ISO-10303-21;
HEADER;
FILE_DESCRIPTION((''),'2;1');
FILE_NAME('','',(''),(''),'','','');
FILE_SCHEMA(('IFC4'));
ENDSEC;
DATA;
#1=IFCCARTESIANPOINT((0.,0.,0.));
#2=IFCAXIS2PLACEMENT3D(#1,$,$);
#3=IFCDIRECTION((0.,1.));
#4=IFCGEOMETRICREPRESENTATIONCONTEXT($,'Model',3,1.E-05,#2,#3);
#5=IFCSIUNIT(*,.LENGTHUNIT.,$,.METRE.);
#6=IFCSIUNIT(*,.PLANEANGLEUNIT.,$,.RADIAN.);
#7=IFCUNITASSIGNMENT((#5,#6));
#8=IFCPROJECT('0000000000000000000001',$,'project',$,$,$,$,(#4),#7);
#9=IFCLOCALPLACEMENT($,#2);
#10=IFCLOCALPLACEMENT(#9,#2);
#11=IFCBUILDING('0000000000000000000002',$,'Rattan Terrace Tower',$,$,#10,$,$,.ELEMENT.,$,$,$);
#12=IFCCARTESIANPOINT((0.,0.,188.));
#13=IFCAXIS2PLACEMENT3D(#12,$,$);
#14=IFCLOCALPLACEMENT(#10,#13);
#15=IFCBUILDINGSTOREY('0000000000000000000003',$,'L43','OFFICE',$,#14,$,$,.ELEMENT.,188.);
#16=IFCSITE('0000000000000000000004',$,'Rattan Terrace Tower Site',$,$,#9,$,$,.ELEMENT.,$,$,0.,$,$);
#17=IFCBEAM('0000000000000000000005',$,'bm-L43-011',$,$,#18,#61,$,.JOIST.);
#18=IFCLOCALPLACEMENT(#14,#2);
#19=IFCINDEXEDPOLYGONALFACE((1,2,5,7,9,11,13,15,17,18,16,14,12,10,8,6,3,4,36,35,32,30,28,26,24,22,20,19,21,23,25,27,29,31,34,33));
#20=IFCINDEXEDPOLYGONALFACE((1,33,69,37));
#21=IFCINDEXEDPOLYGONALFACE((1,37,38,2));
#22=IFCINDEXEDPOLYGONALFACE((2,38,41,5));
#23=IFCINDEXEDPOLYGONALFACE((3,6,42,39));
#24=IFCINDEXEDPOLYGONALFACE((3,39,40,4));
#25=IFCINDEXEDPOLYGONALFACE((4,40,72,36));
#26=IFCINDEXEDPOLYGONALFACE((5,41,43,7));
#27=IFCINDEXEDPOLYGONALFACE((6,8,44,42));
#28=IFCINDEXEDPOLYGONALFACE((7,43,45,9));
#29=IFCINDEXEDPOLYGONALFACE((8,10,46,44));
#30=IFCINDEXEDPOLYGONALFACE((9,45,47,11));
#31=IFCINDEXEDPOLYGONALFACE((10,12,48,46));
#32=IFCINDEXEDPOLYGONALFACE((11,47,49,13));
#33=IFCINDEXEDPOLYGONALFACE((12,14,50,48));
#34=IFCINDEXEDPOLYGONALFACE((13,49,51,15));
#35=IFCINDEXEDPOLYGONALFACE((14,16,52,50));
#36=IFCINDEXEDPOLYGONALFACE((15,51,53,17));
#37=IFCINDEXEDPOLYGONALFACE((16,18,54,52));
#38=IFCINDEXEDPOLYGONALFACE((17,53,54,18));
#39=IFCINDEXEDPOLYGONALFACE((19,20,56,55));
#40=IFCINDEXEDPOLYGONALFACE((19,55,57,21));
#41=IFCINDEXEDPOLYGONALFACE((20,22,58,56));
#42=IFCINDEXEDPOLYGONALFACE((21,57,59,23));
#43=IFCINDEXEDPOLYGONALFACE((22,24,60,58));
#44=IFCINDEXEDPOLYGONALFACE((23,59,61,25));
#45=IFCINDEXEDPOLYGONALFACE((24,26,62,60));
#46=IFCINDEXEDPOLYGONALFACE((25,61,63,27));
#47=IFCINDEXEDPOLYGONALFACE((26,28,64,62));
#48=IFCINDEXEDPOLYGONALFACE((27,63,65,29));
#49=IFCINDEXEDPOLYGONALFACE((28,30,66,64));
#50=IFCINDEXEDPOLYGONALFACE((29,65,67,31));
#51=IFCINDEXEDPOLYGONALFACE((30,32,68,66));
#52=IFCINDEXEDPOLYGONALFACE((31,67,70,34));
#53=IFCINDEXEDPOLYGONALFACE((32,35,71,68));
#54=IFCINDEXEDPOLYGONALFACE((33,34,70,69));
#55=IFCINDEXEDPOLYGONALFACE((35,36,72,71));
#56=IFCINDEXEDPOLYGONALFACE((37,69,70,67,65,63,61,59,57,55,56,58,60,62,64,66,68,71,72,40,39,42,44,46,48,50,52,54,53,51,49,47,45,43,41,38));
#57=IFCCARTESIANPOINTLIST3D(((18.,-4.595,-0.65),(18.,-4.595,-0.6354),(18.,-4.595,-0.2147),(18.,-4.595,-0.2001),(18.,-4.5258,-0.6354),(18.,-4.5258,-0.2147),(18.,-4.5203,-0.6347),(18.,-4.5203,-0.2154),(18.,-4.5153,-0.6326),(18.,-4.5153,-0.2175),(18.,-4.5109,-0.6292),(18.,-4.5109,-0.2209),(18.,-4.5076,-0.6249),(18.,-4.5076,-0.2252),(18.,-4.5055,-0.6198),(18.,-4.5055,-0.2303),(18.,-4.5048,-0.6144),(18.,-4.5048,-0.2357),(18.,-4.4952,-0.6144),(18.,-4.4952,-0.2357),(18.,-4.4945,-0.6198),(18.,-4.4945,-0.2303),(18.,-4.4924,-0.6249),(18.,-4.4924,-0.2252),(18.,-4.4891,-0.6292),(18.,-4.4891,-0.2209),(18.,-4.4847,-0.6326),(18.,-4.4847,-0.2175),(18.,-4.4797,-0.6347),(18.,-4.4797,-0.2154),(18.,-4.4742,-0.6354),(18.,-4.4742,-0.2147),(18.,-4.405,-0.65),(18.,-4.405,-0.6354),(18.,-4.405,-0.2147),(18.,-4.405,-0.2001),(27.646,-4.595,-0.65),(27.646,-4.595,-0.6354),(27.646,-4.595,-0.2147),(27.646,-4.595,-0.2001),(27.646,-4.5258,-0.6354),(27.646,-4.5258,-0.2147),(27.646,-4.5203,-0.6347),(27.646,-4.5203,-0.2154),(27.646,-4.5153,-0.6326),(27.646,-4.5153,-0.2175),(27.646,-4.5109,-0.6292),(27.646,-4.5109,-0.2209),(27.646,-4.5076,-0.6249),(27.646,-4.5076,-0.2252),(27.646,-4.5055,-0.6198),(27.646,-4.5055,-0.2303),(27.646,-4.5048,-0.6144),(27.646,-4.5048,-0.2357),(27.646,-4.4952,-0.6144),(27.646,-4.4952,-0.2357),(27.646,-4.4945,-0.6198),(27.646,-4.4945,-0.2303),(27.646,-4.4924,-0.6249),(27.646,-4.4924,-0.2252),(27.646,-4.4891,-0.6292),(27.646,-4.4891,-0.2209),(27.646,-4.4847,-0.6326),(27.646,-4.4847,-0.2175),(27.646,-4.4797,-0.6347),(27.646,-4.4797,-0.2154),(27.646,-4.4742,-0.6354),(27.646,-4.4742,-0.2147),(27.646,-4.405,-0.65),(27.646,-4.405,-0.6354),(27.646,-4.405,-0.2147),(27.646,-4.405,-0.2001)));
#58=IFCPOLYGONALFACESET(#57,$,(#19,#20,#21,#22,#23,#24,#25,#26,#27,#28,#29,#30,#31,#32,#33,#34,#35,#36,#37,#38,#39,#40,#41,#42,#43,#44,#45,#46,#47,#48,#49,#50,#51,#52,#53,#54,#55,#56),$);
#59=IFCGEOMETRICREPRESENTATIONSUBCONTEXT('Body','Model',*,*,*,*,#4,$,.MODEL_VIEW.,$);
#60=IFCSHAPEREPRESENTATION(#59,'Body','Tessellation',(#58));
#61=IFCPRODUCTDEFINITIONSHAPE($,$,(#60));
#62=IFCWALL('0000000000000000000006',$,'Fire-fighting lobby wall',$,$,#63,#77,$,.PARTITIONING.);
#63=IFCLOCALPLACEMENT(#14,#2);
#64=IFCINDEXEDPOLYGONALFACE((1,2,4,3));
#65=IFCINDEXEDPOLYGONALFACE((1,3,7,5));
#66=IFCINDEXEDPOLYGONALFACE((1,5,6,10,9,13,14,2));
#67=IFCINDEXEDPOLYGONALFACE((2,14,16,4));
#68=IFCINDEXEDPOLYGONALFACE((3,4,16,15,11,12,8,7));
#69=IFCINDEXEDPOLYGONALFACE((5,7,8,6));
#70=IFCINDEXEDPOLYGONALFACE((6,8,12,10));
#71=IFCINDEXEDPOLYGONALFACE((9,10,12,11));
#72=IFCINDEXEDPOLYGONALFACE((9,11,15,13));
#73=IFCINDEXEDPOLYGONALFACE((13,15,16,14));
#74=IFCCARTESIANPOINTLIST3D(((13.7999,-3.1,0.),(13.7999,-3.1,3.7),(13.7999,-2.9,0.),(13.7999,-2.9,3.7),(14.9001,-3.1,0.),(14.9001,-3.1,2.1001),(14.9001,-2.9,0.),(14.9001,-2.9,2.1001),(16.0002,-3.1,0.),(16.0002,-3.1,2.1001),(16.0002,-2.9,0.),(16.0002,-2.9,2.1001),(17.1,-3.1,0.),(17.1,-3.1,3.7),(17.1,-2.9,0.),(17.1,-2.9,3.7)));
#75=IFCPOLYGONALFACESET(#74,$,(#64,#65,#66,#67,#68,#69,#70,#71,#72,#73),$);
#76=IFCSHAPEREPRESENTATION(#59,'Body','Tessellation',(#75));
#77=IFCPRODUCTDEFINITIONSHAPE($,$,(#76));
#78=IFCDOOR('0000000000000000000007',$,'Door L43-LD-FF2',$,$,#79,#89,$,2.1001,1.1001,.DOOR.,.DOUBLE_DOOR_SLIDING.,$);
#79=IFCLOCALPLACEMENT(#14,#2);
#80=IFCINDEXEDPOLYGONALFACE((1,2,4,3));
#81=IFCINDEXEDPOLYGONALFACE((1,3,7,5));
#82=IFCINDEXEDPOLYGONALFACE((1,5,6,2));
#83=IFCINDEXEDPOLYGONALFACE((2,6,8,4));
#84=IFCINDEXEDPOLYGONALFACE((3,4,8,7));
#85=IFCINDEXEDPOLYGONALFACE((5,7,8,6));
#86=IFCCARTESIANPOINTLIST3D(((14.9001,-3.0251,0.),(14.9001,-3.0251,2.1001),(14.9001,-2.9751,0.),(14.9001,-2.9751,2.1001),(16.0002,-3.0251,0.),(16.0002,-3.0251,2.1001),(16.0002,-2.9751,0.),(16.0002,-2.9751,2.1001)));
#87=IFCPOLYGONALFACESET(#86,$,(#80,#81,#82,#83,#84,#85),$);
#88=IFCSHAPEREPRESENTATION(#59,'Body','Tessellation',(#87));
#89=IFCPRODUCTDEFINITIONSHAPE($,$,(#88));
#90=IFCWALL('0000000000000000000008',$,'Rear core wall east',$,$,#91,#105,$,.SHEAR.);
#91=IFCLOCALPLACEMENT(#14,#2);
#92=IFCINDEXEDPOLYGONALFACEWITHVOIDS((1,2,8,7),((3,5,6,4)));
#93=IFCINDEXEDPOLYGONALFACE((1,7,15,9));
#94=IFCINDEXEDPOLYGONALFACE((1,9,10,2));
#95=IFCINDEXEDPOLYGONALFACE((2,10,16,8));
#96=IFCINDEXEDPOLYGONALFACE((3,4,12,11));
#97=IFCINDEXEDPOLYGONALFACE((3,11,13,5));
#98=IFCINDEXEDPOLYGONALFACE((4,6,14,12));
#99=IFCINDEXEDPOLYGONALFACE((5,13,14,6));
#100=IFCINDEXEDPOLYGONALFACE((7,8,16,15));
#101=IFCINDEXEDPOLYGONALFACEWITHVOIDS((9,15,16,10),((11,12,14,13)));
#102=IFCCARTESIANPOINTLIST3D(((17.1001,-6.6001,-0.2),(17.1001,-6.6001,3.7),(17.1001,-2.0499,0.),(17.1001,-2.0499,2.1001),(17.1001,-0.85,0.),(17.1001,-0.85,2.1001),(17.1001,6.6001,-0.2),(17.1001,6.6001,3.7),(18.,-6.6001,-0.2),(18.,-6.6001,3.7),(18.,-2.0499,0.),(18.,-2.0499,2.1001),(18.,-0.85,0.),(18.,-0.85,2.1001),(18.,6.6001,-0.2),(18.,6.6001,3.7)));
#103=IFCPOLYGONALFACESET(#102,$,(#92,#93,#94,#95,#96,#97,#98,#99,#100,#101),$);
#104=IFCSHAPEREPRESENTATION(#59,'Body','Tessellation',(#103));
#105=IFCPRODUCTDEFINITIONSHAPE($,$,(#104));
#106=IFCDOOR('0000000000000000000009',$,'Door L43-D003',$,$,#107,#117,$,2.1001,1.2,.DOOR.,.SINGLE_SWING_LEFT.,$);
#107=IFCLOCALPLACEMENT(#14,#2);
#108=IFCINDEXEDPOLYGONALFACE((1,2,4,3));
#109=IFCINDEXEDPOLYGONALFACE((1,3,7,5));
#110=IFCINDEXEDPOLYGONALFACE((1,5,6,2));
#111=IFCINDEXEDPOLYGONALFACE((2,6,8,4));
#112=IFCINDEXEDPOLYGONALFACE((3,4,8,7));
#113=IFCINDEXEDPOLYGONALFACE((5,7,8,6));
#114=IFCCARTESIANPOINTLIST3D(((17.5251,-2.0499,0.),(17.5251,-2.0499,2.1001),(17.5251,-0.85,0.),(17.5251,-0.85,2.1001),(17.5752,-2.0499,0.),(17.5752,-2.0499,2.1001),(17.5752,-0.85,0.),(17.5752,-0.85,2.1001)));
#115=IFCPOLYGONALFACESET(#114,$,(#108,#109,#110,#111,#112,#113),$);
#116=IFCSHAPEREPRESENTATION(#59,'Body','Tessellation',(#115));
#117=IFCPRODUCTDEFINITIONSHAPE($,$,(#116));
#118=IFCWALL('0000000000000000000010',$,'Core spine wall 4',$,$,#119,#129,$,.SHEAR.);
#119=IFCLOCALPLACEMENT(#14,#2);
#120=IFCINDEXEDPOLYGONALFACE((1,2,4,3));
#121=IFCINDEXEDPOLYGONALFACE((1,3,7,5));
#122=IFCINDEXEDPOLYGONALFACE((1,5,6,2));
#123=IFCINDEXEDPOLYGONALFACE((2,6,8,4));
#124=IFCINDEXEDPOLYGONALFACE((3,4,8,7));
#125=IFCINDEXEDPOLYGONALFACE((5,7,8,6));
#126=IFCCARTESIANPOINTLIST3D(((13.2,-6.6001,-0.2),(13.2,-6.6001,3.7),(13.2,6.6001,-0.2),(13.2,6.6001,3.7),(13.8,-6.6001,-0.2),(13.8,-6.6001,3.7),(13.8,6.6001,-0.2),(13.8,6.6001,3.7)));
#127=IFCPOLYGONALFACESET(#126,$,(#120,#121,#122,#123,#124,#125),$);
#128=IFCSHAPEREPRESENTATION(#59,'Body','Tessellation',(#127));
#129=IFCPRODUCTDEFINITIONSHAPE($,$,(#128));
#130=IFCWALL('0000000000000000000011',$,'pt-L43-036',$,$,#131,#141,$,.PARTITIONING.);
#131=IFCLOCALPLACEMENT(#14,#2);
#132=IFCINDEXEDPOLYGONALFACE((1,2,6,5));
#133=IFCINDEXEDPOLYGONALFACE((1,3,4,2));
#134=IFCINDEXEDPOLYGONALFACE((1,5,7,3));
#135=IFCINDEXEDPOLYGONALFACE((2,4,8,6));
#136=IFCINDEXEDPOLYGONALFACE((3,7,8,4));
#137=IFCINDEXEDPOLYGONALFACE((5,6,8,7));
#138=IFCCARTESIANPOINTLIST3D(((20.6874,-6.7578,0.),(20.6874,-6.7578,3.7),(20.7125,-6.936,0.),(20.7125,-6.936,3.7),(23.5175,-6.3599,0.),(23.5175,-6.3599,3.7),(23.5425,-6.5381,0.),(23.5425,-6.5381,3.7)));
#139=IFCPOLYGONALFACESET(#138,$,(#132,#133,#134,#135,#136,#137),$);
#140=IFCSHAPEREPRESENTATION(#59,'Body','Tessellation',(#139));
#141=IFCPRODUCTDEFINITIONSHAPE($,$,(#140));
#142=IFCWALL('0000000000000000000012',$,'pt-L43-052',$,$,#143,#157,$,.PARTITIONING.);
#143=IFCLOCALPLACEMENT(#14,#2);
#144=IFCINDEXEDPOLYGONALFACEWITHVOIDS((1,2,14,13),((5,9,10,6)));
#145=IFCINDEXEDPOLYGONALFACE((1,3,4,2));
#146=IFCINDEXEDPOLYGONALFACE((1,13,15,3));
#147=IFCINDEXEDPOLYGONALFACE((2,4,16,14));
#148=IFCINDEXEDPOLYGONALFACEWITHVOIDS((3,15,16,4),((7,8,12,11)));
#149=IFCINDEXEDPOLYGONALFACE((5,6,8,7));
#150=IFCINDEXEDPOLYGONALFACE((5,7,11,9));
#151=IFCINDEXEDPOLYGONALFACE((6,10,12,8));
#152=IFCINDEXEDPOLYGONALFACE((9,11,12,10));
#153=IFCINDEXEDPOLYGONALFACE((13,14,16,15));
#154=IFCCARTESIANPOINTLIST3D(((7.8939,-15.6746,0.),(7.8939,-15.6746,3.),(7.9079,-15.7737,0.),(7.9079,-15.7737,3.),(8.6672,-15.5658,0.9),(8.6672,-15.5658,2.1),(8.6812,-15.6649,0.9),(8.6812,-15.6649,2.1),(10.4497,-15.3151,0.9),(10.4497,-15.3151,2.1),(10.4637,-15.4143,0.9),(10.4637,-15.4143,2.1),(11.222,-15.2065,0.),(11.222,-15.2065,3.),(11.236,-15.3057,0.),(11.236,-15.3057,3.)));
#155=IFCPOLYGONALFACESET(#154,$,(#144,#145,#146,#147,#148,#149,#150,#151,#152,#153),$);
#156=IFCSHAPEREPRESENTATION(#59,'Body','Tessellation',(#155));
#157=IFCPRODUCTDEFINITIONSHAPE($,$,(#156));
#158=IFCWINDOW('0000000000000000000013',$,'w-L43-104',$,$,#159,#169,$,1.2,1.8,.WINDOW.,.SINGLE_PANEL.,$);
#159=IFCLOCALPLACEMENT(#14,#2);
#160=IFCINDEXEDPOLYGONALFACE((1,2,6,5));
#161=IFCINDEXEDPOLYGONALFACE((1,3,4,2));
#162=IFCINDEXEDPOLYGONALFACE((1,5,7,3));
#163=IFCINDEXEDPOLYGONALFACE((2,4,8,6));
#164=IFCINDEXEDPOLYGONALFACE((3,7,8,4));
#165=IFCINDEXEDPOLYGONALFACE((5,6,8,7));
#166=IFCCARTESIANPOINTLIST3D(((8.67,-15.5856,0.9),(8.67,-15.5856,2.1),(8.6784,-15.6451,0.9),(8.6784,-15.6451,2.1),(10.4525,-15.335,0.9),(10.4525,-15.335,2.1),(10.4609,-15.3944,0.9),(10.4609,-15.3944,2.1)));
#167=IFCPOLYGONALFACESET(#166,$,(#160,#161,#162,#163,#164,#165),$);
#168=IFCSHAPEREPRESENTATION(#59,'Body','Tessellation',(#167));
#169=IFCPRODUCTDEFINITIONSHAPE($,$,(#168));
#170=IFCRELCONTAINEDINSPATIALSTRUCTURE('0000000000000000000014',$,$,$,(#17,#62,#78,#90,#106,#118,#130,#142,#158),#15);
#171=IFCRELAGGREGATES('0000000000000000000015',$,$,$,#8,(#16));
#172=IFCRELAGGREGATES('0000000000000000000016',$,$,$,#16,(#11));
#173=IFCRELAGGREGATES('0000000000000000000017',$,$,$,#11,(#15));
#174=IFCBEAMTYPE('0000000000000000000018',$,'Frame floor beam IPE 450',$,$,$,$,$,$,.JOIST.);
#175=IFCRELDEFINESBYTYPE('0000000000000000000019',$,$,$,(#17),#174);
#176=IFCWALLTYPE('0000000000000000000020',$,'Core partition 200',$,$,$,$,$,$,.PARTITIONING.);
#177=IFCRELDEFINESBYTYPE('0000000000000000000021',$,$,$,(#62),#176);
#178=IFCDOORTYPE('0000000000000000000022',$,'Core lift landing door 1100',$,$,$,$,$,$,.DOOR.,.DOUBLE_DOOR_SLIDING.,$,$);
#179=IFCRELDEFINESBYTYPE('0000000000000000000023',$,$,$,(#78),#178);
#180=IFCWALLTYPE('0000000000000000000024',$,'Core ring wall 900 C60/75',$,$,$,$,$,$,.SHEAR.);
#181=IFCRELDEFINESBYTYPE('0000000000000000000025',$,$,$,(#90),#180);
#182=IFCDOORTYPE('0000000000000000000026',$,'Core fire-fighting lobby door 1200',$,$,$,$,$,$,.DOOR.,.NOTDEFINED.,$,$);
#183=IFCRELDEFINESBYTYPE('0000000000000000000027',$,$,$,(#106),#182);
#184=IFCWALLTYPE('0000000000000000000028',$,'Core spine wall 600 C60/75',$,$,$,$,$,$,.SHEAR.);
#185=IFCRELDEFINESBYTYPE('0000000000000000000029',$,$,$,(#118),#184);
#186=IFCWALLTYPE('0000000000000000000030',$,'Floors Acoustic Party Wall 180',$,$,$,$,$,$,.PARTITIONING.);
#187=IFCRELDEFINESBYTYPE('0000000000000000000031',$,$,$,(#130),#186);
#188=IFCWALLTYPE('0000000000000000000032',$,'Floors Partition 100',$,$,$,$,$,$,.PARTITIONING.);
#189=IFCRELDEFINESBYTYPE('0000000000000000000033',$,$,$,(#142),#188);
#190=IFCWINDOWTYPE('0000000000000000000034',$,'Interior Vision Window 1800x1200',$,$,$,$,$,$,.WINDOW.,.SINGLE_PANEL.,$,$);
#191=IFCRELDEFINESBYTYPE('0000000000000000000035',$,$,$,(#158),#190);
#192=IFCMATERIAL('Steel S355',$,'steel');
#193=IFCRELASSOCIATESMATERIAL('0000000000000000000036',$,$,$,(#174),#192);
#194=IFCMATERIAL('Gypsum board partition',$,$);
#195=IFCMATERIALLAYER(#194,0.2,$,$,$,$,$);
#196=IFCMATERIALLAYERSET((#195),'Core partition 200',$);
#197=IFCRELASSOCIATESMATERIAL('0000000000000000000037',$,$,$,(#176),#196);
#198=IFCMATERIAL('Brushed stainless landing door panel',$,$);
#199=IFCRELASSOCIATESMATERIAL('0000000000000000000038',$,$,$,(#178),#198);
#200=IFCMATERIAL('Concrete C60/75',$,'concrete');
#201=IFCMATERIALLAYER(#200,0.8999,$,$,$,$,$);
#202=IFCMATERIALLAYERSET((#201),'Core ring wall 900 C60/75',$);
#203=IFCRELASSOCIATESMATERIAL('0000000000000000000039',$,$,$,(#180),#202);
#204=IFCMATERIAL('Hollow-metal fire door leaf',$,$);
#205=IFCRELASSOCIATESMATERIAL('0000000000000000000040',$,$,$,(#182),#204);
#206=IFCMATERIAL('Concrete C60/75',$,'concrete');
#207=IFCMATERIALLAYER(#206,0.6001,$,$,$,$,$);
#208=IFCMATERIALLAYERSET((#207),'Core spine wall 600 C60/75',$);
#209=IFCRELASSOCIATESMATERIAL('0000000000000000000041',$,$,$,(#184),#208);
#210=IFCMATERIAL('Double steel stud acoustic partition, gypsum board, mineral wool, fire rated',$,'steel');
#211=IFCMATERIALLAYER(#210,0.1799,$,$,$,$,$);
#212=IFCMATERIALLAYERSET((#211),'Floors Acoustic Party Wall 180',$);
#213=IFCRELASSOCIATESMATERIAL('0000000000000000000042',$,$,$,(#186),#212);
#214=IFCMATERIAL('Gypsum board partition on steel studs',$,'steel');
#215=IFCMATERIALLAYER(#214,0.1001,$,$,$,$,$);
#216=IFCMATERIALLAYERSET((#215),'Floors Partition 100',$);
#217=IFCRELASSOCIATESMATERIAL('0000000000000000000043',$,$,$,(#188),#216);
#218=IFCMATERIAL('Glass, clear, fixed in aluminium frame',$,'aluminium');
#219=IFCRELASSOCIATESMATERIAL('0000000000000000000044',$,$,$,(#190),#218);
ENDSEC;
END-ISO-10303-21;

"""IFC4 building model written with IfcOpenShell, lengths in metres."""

from ifc_helpers import new_model, si_unit, direction, frame, frame_2d, origin, origin_2d, place, context, subcontext, project, spatial, rectangle, i_section, extrude, material, layer, layer_set, material_profile, profile_set, type_object, element, fill, save


model = new_model("IFC4")

# Units and contexts
model_context = context("Model", 3, precision=1e-05, world=origin(), true_north=direction((0.0, 1.0)))
body_context = subcontext(model_context, "Body", "Model", "MODEL_VIEW")
ifc_project = project(units=[si_unit("LENGTHUNIT", "METRE"), si_unit("PLANEANGLEUNIT", "RADIAN")], contexts=[model_context])

# Site, building, storey
site_placement = place(None, origin())
site = spatial("IfcSite", under=ifc_project, at=site_placement, Name="Rattan Terrace Tower Site", CompositionType="ELEMENT", RefElevation=0.0)
building_placement = place(site_placement, origin())
building = spatial("IfcBuilding", under=site, at=building_placement, Name="Rattan Terrace Tower", CompositionType="ELEMENT")
storey_placement = place(building_placement, frame((0.0, 0.0, 188.0)))
storey = spatial("IfcBuildingStorey", under=building, at=storey_placement, Name="L43", Description="OFFICE", CompositionType="ELEMENT", Elevation=188.0)

# Beam
ifc_material_1 = material(Name="Steel S355", Category="steel")
ifc_material_profile = material_profile(ifc_material_1, i_section(OverallWidth=0.1899, OverallDepth=0.45, WebThickness=0.0095, FlangeThickness=0.0146, FilletRadius=0.021, at=origin_2d()), Name="IPE 450")
ifc_profile_set = profile_set([ifc_material_profile], Name="Steel S355")
beam_type = type_object("IfcBeamType", Name="Frame floor beam IPE 450", PredefinedType="JOIST", material=ifc_profile_set)
beam_placement = place(storey_placement, frame((18.0, -4.5, -0.425), z_axis=(1.0, 0.0, 0.0), x_axis=(0.0, 1.0, 0.0)))
element("IfcBeam", 1, at=beam_placement, inside=storey, type_object=beam_type, Name="bm-L43-011", PredefinedType="JOIST", context=body_context, shape_type="SweptSolid", body=[
    extrude(i_section(OverallWidth=0.1899, OverallDepth=0.45, WebThickness=0.0095, FlangeThickness=0.0146, FilletRadius=0.021, at=origin_2d()), origin(), (0.0, 0.0, 1.0), 9.646),
])

# Walls, openings, doors
ifc_material_2 = material(Name="Gypsum board partition")
ifc_layer_1 = layer(ifc_material_2, 0.2)
ifc_layer_set_1 = layer_set([ifc_layer_1], Name="Core partition 200")
wall_type_1 = type_object("IfcWallType", Name="Core partition 200", PredefinedType="PARTITIONING", material=ifc_layer_set_1)
wall_1_placement = place(storey_placement, frame((13.8, -3.0, 0.0), z_axis=(0.0, 0.0, 1.0), x_axis=(1.0, 0.0, 0.0)))
wall_1 = element("IfcWall", 2, at=wall_1_placement, inside=storey, type_object=wall_type_1, Name="Fire-fighting lobby wall", PredefinedType="PARTITIONING", context=body_context, shape_type="SweptSolid", body=[
    extrude(rectangle(XDim=3.3, YDim=0.2, at=frame_2d((1.6499, 0.0))), origin(), (0.0, 0.0, 1.0), 3.7),
])
opening_1_placement = place(wall_1_placement, frame((1.1001, 0.0, 0.0)))
opening_1 = element("IfcOpeningElement", 3, at=opening_1_placement, cuts=wall_1, PredefinedType="OPENING", context=body_context, shape_type="SweptSolid", body=[
    extrude(rectangle(XDim=1.1001, YDim=2.1001, at=frame_2d((0.55, 1.05))), frame((0.0, 0.1106, 0.0), z_axis=(0.0, -1.0, 0.0), x_axis=(1.0, 0.0, 0.0)), (0.0, 0.0, 1.0), 0.2209),
])
ifc_material_3 = material(Name="Brushed stainless landing door panel")
door_type_1 = type_object("IfcDoorType", Name="Core lift landing door 1100", OperationType="DOUBLE_DOOR_SLIDING", PredefinedType="DOOR", material=ifc_material_3)
door_1_placement = place(opening_1_placement, origin())
door_1 = element("IfcDoor", 4, at=door_1_placement, inside=storey, type_object=door_type_1, Name="Door L43-LD-FF2", OperationType="DOUBLE_DOOR_SLIDING", OverallHeight=2.1001, OverallWidth=1.1001, PredefinedType="DOOR", context=body_context, shape_type="SweptSolid", body=[
    extrude(rectangle(XDim=1.1001, YDim=2.1001, at=frame_2d((0.55, 1.05))), frame((0.0, 0.0249, 0.0), z_axis=(0.0, -1.0, 0.0), x_axis=(1.0, 0.0, 0.0)), (0.0, 0.0, 1.0), 0.05),
])
fill(opening_1, door_1)
ifc_material_4 = material(Name="Concrete C60/75", Category="concrete")
ifc_layer_2 = layer(ifc_material_4, 0.8999)
ifc_layer_set_2 = layer_set([ifc_layer_2], Name="Core ring wall 900 C60/75")
wall_type_2 = type_object("IfcWallType", Name="Core ring wall 900 C60/75", PredefinedType="SHEAR", material=ifc_layer_set_2)
wall_2_placement = place(storey_placement, frame((17.55, -6.6001, -0.2), z_axis=(0.0, 0.0, 1.0), x_axis=(0.0, 1.0, 0.0)))
wall_2 = element("IfcWall", 5, at=wall_2_placement, inside=storey, type_object=wall_type_2, Name="Rear core wall east", PredefinedType="SHEAR", context=body_context, shape_type="SweptSolid", body=[
    extrude(rectangle(XDim=13.2002, YDim=0.8999, at=frame_2d((6.6001, 0.0))), origin(), (0.0, 0.0, 1.0), 3.8999),
])
opening_2_placement = place(wall_2_placement, frame((4.55, 0.0, 0.2)))
opening_2 = element("IfcOpeningElement", 6, at=opening_2_placement, cuts=wall_2, PredefinedType="OPENING", context=body_context, shape_type="SweptSolid", body=[
    extrude(rectangle(XDim=1.2, YDim=2.1001, at=frame_2d((0.6001, 1.05))), frame((0.0, 0.4604, 0.0), z_axis=(0.0, -1.0, 0.0), x_axis=(1.0, 0.0, 0.0)), (0.0, 0.0, 1.0), 0.9209),
])
ifc_material_5 = material(Name="Hollow-metal fire door leaf")
door_type_2 = type_object("IfcDoorType", Name="Core fire-fighting lobby door 1200", OperationType="NOTDEFINED", PredefinedType="DOOR", material=ifc_material_5)
door_2_placement = place(opening_2_placement, origin())
door_2 = element("IfcDoor", 7, at=door_2_placement, inside=storey, type_object=door_type_2, Name="Door L43-D003", OperationType="SINGLE_SWING_LEFT", OverallHeight=2.1001, OverallWidth=1.2, PredefinedType="DOOR", context=body_context, shape_type="SweptSolid", body=[
    extrude(rectangle(XDim=1.2, YDim=2.1001, at=frame_2d((0.6001, 1.05))), frame((0.0, 0.0249, 0.0), z_axis=(0.0, -1.0, 0.0), x_axis=(1.0, 0.0, 0.0)), (0.0, 0.0, 1.0), 0.05),
])
fill(opening_2, door_2)

# Walls
ifc_material_6 = material(Name="Concrete C60/75", Category="concrete")
ifc_layer_3 = layer(ifc_material_6, 0.6001)
ifc_layer_set_3 = layer_set([ifc_layer_3], Name="Core spine wall 600 C60/75")
wall_type_3 = type_object("IfcWallType", Name="Core spine wall 600 C60/75", PredefinedType="SHEAR", material=ifc_layer_set_3)
wall_3_placement = place(storey_placement, frame((13.5, -6.6001, -0.2), z_axis=(0.0, 0.0, 1.0), x_axis=(0.0, 1.0, 0.0)))
element("IfcWall", 8, at=wall_3_placement, inside=storey, type_object=wall_type_3, Name="Core spine wall 4", PredefinedType="SHEAR", context=body_context, shape_type="SweptSolid", body=[
    extrude(rectangle(XDim=13.2002, YDim=0.6001, at=frame_2d((6.6001, 0.0))), origin(), (0.0, 0.0, 1.0), 3.8999),
])
ifc_material_7 = material(Name="Double steel stud acoustic partition, gypsum board, mineral wool, fire rated", Category="steel")
ifc_layer_4 = layer(ifc_material_7, 0.1799)
ifc_layer_set_4 = layer_set([ifc_layer_4], Name="Floors Acoustic Party Wall 180")
wall_type_4 = type_object("IfcWallType", Name="Floors Acoustic Party Wall 180", PredefinedType="PARTITIONING", material=ifc_layer_set_4)
wall_4_placement = place(storey_placement, frame((20.7, -6.8469, 0.0), z_axis=(0.0, 0.0, 1.0), x_axis=(0.990258, 0.139244, 0.0)))
element("IfcWall", 9, at=wall_4_placement, inside=storey, type_object=wall_type_4, Name="pt-L43-036", PredefinedType="PARTITIONING", context=body_context, shape_type="SweptSolid", body=[
    extrude(rectangle(XDim=2.8579, YDim=0.1799, at=frame_2d((1.429, 0.0))), origin(), (0.0, 0.0, 1.0), 3.7),
])

# Wall, opening, window
ifc_material_8 = material(Name="Gypsum board partition on steel studs", Category="steel")
ifc_layer_5 = layer(ifc_material_8, 0.1001)
ifc_layer_set_5 = layer_set([ifc_layer_5], Name="Floors Partition 100")
wall_type_5 = type_object("IfcWallType", Name="Floors Partition 100", PredefinedType="PARTITIONING", material=ifc_layer_set_5)
wall_5_placement = place(storey_placement, frame((11.229, -15.2561, 0.0), z_axis=(0.0, 0.0, 1.0), x_axis=(-0.990257, -0.139255, 0.0)))
wall_5 = element("IfcWall", 10, at=wall_5_placement, inside=storey, type_object=wall_type_5, Name="pt-L43-052", PredefinedType="PARTITIONING", context=body_context, shape_type="SweptSolid", body=[
    extrude(rectangle(XDim=3.3608, YDim=0.1001, at=frame_2d((1.6804, 0.0))), origin(), (0.0, 0.0, 1.0), 3.0),
])
opening_3_placement = place(wall_5_placement, frame((0.78, 0.0, 0.8999)))
opening_3 = element("IfcOpeningElement", 11, at=opening_3_placement, cuts=wall_5, PredefinedType="OPENING", context=body_context, shape_type="SweptSolid", body=[
    extrude(rectangle(XDim=1.8, YDim=1.2, at=frame_2d((0.8999, 0.6001))), frame((0.0, 0.0605, 0.0), z_axis=(0.0, -1.0, 0.0), x_axis=(1.0, 0.0, 0.0)), (0.0, 0.0, 1.0), 0.1211),
])
ifc_material_9 = material(Name="Glass, clear, fixed in aluminium frame", Category="aluminium")
window_type = type_object("IfcWindowType", Name="Interior Vision Window 1800x1200", PartitioningType="SINGLE_PANEL", PredefinedType="WINDOW", material=ifc_material_9)
window_placement = place(opening_3_placement, origin())
window = element("IfcWindow", 12, at=window_placement, inside=storey, type_object=window_type, Name="w-L43-104", OverallHeight=1.2, OverallWidth=1.8, PartitioningType="SINGLE_PANEL", PredefinedType="WINDOW", context=body_context, shape_type="SweptSolid", body=[
    extrude(rectangle(XDim=1.8, YDim=1.2, at=frame_2d((0.8999, 0.6001))), frame((0.0, 0.03, 0.0), z_axis=(0.0, -1.0, 0.0), x_axis=(1.0, 0.0, 0.0)), (0.0, 0.0, 1.0), 0.0601),
])
fill(opening_3, window)

save(model, "model.ifc")
